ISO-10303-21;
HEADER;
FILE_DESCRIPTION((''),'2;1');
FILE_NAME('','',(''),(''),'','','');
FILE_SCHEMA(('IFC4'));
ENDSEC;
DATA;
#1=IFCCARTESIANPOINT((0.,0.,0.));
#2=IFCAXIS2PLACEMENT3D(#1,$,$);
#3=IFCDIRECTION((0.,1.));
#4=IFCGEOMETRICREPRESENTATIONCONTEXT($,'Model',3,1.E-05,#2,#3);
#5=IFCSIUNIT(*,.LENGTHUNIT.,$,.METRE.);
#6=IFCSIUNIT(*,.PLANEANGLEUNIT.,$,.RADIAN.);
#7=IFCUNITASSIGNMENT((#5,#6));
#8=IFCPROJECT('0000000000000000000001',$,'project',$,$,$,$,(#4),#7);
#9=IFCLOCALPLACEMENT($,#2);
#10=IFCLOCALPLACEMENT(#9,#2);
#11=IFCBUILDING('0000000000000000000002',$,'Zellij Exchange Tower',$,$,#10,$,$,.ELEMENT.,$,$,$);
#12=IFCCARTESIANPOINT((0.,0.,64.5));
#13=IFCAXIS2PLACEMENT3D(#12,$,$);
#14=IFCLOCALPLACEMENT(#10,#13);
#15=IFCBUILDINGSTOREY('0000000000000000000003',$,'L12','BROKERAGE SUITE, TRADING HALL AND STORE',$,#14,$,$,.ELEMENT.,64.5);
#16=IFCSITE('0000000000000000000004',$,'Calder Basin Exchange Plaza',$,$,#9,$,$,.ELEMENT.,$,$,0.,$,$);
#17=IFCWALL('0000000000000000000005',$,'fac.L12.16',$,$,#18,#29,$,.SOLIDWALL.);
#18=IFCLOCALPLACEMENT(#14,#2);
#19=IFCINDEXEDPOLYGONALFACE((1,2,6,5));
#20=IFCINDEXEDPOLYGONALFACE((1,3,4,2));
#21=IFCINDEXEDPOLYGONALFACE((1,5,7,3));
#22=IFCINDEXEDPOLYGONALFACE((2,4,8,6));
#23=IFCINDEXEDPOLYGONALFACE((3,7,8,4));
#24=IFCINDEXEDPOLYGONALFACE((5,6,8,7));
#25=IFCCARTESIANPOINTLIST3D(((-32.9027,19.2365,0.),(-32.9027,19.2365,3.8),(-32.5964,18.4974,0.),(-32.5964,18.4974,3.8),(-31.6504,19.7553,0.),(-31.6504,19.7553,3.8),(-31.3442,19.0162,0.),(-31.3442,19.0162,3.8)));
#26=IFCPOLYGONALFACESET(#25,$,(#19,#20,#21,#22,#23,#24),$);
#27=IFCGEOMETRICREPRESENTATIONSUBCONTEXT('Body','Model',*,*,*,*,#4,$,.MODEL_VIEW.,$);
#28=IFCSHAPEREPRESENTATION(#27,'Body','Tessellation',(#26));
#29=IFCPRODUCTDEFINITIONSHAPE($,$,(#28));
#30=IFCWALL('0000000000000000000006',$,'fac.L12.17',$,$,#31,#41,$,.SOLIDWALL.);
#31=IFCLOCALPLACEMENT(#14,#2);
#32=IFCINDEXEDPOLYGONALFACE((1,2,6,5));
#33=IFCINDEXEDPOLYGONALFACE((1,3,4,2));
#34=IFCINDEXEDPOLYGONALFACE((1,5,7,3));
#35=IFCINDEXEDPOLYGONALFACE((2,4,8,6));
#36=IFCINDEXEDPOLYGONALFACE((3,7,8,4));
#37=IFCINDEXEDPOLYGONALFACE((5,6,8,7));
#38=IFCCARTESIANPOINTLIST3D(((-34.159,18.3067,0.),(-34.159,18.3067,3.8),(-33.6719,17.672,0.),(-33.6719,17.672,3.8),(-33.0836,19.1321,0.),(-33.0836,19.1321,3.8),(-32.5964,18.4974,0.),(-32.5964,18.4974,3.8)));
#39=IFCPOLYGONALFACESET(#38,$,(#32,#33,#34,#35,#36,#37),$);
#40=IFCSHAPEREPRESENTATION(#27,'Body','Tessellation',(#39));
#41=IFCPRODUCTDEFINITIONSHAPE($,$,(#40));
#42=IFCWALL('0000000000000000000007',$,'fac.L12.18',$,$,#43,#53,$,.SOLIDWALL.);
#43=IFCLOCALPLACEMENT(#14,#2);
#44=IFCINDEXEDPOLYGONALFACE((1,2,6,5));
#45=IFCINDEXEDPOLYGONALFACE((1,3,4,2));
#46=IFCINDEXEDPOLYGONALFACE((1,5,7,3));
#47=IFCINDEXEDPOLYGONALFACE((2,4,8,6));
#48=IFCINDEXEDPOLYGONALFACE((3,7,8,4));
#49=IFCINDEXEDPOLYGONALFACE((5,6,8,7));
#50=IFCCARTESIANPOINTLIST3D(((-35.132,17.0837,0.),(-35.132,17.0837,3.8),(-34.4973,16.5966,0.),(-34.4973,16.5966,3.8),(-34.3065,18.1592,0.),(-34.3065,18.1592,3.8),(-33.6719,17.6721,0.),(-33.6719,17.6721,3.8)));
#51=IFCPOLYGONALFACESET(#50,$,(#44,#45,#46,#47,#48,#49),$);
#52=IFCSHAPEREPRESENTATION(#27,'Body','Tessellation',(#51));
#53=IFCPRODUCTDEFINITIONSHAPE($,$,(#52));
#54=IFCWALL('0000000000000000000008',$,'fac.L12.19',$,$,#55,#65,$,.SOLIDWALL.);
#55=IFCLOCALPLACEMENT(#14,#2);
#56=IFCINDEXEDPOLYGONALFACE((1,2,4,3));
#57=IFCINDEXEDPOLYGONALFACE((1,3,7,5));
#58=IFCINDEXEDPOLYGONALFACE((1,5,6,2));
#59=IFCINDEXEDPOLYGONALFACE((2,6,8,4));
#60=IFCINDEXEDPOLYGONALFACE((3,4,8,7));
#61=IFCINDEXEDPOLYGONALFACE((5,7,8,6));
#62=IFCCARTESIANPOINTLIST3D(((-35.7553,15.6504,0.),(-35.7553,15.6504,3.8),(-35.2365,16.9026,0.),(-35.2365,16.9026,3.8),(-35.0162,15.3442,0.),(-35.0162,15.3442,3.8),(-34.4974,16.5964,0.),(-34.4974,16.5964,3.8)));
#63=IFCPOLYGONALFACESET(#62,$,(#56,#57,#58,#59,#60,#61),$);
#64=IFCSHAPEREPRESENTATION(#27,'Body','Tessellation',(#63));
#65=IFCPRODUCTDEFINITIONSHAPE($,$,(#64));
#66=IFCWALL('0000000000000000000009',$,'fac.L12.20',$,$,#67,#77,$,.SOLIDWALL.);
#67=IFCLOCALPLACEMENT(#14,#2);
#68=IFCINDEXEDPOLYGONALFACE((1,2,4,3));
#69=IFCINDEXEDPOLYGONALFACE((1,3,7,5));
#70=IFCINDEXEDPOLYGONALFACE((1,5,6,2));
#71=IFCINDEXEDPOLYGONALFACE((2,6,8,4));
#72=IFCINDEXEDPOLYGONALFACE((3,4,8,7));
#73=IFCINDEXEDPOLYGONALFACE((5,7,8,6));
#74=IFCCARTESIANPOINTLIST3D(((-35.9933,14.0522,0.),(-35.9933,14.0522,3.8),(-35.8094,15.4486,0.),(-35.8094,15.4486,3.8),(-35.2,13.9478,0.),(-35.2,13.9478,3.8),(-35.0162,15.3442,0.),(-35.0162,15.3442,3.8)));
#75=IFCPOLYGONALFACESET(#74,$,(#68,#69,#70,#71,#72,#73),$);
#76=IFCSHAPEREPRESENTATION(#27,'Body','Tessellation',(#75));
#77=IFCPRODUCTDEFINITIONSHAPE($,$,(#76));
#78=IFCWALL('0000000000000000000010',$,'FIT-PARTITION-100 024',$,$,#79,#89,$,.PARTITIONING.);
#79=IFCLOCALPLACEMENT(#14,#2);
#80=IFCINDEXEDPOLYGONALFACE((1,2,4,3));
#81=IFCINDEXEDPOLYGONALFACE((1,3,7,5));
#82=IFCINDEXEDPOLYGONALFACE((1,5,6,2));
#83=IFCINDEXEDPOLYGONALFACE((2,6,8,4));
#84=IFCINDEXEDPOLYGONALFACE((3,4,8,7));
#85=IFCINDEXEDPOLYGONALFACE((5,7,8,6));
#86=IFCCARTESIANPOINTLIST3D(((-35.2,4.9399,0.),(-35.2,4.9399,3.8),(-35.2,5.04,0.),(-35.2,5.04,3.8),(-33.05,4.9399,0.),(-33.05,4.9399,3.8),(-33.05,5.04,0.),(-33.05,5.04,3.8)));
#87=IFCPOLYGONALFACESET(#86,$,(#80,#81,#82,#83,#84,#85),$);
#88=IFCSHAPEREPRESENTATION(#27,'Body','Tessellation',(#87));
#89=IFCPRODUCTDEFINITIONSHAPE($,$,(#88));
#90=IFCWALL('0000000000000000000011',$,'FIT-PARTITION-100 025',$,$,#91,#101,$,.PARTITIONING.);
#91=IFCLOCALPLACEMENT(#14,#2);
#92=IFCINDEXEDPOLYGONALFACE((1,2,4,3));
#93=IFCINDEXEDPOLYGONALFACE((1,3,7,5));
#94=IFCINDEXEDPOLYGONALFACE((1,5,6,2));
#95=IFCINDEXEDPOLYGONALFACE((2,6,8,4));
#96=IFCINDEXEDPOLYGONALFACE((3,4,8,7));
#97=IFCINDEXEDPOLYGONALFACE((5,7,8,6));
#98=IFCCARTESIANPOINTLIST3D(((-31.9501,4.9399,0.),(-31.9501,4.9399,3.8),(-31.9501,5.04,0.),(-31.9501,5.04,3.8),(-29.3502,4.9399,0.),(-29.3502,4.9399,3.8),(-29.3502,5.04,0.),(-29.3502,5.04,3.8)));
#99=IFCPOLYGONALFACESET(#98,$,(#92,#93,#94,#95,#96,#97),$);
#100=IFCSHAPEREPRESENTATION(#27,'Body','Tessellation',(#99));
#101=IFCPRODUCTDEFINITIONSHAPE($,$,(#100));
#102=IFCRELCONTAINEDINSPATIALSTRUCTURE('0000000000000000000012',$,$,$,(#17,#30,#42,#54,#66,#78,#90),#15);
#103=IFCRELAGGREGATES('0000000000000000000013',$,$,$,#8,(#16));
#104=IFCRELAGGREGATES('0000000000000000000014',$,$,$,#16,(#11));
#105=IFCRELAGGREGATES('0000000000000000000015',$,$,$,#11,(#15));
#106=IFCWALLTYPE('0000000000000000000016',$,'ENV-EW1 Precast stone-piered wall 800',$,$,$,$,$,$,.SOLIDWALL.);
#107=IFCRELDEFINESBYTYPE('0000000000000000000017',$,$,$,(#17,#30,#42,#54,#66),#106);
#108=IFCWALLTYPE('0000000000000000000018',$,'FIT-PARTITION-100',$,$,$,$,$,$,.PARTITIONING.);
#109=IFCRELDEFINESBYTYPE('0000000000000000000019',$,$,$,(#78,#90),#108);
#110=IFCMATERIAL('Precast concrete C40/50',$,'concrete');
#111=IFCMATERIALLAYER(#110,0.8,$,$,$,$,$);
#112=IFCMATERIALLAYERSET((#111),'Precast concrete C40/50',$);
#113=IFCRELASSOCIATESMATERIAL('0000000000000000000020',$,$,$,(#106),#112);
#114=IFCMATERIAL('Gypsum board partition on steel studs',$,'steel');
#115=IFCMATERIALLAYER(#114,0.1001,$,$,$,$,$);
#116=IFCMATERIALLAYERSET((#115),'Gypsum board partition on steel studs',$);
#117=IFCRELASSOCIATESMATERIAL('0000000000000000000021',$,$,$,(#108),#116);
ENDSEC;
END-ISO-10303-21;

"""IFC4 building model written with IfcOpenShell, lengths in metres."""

from ifc_helpers import new_model, si_unit, direction, frame, frame_2d, origin, place, context, subcontext, project, spatial, rectangle, extrude, material, layer, layer_set, type_object, element, save


model = new_model("IFC4")

# Units and contexts
model_context = context("Model", 3, precision=1e-05, world=origin(), true_north=direction((0.0, 1.0)))
body_context = subcontext(model_context, "Body", "Model", "MODEL_VIEW")
ifc_project = project(units=[si_unit("LENGTHUNIT", "METRE"), si_unit("PLANEANGLEUNIT", "RADIAN")], contexts=[model_context])

# Site, building, storey
site_placement = place(None, origin())
site = spatial("IfcSite", under=ifc_project, at=site_placement, Name="Calder Basin Exchange Plaza", CompositionType="ELEMENT", RefElevation=0.0)
building_placement = place(site_placement, origin())
building = spatial("IfcBuilding", under=site, at=building_placement, Name="Zellij Exchange Tower", CompositionType="ELEMENT")
storey_placement = place(building_placement, frame((0.0, 0.0, 64.5)))
storey = spatial("IfcBuildingStorey", under=building, at=storey_placement, Name="L12", Description="BROKERAGE SUITE, TRADING HALL AND STORE", CompositionType="ELEMENT", Elevation=64.5)

# Walls
ifc_material_1 = material(Name="Precast concrete C40/50", Category="concrete")
ifc_layer_1 = layer(ifc_material_1, 0.8)
ifc_layer_set_1 = layer_set([ifc_layer_1], Name="Precast concrete C40/50")
wall_type_1 = type_object("IfcWallType", Name="ENV-EW1 Precast stone-piered wall 800", PredefinedType="SOLIDWALL", material=ifc_layer_set_1)
wall_1_placement = place(storey_placement, frame((-31.4973, 19.3857, 0.0), z_axis=(0.0, 0.0, 1.0), x_axis=(-0.923848, -0.38276, 0.0)))
element("IfcWall", 1, at=wall_1_placement, inside=storey, type_object=wall_type_1, Name="fac.L12.16", PredefinedType="SOLIDWALL", context=body_context, shape_type="SweptSolid", body=[
    extrude(rectangle(XDim=1.3555, YDim=0.8, at=frame_2d((0.6777, 0.0))), origin(), (0.0, 0.0, 1.0), 3.8),
])
for number, where, z_axis, x_axis, name in (
    (2, (-32.8401, 18.8147, 0.0), (0.0, 0.0, 1.0), (-0.793273, -0.608866, 0.0), "fac.L12.17"),
    (3, (-33.9893, 17.9155, 0.0), (0.0, 0.0, 1.0), (-0.608866, -0.793273, 0.0), "fac.L12.18"),
):
    element("IfcWall", number, at=place(storey_placement, frame(where, z_axis=z_axis, x_axis=x_axis)), inside=storey, type_object=wall_type_1, Name=name, PredefinedType="SOLIDWALL", context=body_context, shape_type="SweptSolid", body=[
        extrude(rectangle(XDim=1.3557, YDim=0.8, at=frame_2d((0.6777, 0.0))), origin(), (0.0, 0.0, 1.0), 3.8),
    ])
wall_2_placement = place(storey_placement, frame((-34.8669, 16.7495, 0.0), z_axis=(0.0, 0.0, 1.0), x_axis=(-0.38276, -0.923848, 0.0)))
element("IfcWall", 4, at=wall_2_placement, inside=storey, type_object=wall_type_1, Name="fac.L12.19", PredefinedType="SOLIDWALL", context=body_context, shape_type="SweptSolid", body=[
    extrude(rectangle(XDim=1.3555, YDim=0.8, at=frame_2d((0.6777, 0.0))), origin(), (0.0, 0.0, 1.0), 3.8),
])
wall_3_placement = place(storey_placement, frame((-35.4128, 15.3962, 0.0), z_axis=(0.0, 0.0, 1.0), x_axis=(-0.130517, -0.991446, 0.0)))
element("IfcWall", 5, at=wall_3_placement, inside=storey, type_object=wall_type_1, Name="fac.L12.20", PredefinedType="SOLIDWALL", context=body_context, shape_type="SweptSolid", body=[
    extrude(rectangle(XDim=1.4084, YDim=0.8, at=frame_2d((0.7041, 0.0))), origin(), (0.0, 0.0, 1.0), 3.8),
])

# Walls
ifc_material_2 = material(Name="Gypsum board partition on steel studs", Category="steel")
ifc_layer_2 = layer(ifc_material_2, 0.1001)
ifc_layer_set_2 = layer_set([ifc_layer_2], Name="Gypsum board partition on steel studs")
wall_type_2 = type_object("IfcWallType", Name="FIT-PARTITION-100", PredefinedType="PARTITIONING", material=ifc_layer_set_2)
wall_4_placement = place(storey_placement, frame((-35.2, 4.99, 0.0), z_axis=(0.0, 0.0, 1.0), x_axis=(1.0, 0.0, 0.0)))
element("IfcWall", 6, at=wall_4_placement, inside=storey, type_object=wall_type_2, Name="FIT-PARTITION-100 024", PredefinedType="PARTITIONING", context=body_context, shape_type="SweptSolid", body=[
    extrude(rectangle(XDim=2.1499, YDim=0.1001, at=frame_2d((1.075, 0.0))), origin(), (0.0, 0.0, 1.0), 3.8),
])
wall_5_placement = place(storey_placement, frame((-31.95, 4.99, 0.0), z_axis=(0.0, 0.0, 1.0), x_axis=(1.0, 0.0, 0.0)))
element("IfcWall", 7, at=wall_5_placement, inside=storey, type_object=wall_type_2, Name="FIT-PARTITION-100 025", PredefinedType="PARTITIONING", context=body_context, shape_type="SweptSolid", body=[
    extrude(rectangle(XDim=2.5999, YDim=0.1001, at=frame_2d((1.2998, 0.0))), origin(), (0.0, 0.0, 1.0), 3.8),
])

save(model, "model.ifc")
